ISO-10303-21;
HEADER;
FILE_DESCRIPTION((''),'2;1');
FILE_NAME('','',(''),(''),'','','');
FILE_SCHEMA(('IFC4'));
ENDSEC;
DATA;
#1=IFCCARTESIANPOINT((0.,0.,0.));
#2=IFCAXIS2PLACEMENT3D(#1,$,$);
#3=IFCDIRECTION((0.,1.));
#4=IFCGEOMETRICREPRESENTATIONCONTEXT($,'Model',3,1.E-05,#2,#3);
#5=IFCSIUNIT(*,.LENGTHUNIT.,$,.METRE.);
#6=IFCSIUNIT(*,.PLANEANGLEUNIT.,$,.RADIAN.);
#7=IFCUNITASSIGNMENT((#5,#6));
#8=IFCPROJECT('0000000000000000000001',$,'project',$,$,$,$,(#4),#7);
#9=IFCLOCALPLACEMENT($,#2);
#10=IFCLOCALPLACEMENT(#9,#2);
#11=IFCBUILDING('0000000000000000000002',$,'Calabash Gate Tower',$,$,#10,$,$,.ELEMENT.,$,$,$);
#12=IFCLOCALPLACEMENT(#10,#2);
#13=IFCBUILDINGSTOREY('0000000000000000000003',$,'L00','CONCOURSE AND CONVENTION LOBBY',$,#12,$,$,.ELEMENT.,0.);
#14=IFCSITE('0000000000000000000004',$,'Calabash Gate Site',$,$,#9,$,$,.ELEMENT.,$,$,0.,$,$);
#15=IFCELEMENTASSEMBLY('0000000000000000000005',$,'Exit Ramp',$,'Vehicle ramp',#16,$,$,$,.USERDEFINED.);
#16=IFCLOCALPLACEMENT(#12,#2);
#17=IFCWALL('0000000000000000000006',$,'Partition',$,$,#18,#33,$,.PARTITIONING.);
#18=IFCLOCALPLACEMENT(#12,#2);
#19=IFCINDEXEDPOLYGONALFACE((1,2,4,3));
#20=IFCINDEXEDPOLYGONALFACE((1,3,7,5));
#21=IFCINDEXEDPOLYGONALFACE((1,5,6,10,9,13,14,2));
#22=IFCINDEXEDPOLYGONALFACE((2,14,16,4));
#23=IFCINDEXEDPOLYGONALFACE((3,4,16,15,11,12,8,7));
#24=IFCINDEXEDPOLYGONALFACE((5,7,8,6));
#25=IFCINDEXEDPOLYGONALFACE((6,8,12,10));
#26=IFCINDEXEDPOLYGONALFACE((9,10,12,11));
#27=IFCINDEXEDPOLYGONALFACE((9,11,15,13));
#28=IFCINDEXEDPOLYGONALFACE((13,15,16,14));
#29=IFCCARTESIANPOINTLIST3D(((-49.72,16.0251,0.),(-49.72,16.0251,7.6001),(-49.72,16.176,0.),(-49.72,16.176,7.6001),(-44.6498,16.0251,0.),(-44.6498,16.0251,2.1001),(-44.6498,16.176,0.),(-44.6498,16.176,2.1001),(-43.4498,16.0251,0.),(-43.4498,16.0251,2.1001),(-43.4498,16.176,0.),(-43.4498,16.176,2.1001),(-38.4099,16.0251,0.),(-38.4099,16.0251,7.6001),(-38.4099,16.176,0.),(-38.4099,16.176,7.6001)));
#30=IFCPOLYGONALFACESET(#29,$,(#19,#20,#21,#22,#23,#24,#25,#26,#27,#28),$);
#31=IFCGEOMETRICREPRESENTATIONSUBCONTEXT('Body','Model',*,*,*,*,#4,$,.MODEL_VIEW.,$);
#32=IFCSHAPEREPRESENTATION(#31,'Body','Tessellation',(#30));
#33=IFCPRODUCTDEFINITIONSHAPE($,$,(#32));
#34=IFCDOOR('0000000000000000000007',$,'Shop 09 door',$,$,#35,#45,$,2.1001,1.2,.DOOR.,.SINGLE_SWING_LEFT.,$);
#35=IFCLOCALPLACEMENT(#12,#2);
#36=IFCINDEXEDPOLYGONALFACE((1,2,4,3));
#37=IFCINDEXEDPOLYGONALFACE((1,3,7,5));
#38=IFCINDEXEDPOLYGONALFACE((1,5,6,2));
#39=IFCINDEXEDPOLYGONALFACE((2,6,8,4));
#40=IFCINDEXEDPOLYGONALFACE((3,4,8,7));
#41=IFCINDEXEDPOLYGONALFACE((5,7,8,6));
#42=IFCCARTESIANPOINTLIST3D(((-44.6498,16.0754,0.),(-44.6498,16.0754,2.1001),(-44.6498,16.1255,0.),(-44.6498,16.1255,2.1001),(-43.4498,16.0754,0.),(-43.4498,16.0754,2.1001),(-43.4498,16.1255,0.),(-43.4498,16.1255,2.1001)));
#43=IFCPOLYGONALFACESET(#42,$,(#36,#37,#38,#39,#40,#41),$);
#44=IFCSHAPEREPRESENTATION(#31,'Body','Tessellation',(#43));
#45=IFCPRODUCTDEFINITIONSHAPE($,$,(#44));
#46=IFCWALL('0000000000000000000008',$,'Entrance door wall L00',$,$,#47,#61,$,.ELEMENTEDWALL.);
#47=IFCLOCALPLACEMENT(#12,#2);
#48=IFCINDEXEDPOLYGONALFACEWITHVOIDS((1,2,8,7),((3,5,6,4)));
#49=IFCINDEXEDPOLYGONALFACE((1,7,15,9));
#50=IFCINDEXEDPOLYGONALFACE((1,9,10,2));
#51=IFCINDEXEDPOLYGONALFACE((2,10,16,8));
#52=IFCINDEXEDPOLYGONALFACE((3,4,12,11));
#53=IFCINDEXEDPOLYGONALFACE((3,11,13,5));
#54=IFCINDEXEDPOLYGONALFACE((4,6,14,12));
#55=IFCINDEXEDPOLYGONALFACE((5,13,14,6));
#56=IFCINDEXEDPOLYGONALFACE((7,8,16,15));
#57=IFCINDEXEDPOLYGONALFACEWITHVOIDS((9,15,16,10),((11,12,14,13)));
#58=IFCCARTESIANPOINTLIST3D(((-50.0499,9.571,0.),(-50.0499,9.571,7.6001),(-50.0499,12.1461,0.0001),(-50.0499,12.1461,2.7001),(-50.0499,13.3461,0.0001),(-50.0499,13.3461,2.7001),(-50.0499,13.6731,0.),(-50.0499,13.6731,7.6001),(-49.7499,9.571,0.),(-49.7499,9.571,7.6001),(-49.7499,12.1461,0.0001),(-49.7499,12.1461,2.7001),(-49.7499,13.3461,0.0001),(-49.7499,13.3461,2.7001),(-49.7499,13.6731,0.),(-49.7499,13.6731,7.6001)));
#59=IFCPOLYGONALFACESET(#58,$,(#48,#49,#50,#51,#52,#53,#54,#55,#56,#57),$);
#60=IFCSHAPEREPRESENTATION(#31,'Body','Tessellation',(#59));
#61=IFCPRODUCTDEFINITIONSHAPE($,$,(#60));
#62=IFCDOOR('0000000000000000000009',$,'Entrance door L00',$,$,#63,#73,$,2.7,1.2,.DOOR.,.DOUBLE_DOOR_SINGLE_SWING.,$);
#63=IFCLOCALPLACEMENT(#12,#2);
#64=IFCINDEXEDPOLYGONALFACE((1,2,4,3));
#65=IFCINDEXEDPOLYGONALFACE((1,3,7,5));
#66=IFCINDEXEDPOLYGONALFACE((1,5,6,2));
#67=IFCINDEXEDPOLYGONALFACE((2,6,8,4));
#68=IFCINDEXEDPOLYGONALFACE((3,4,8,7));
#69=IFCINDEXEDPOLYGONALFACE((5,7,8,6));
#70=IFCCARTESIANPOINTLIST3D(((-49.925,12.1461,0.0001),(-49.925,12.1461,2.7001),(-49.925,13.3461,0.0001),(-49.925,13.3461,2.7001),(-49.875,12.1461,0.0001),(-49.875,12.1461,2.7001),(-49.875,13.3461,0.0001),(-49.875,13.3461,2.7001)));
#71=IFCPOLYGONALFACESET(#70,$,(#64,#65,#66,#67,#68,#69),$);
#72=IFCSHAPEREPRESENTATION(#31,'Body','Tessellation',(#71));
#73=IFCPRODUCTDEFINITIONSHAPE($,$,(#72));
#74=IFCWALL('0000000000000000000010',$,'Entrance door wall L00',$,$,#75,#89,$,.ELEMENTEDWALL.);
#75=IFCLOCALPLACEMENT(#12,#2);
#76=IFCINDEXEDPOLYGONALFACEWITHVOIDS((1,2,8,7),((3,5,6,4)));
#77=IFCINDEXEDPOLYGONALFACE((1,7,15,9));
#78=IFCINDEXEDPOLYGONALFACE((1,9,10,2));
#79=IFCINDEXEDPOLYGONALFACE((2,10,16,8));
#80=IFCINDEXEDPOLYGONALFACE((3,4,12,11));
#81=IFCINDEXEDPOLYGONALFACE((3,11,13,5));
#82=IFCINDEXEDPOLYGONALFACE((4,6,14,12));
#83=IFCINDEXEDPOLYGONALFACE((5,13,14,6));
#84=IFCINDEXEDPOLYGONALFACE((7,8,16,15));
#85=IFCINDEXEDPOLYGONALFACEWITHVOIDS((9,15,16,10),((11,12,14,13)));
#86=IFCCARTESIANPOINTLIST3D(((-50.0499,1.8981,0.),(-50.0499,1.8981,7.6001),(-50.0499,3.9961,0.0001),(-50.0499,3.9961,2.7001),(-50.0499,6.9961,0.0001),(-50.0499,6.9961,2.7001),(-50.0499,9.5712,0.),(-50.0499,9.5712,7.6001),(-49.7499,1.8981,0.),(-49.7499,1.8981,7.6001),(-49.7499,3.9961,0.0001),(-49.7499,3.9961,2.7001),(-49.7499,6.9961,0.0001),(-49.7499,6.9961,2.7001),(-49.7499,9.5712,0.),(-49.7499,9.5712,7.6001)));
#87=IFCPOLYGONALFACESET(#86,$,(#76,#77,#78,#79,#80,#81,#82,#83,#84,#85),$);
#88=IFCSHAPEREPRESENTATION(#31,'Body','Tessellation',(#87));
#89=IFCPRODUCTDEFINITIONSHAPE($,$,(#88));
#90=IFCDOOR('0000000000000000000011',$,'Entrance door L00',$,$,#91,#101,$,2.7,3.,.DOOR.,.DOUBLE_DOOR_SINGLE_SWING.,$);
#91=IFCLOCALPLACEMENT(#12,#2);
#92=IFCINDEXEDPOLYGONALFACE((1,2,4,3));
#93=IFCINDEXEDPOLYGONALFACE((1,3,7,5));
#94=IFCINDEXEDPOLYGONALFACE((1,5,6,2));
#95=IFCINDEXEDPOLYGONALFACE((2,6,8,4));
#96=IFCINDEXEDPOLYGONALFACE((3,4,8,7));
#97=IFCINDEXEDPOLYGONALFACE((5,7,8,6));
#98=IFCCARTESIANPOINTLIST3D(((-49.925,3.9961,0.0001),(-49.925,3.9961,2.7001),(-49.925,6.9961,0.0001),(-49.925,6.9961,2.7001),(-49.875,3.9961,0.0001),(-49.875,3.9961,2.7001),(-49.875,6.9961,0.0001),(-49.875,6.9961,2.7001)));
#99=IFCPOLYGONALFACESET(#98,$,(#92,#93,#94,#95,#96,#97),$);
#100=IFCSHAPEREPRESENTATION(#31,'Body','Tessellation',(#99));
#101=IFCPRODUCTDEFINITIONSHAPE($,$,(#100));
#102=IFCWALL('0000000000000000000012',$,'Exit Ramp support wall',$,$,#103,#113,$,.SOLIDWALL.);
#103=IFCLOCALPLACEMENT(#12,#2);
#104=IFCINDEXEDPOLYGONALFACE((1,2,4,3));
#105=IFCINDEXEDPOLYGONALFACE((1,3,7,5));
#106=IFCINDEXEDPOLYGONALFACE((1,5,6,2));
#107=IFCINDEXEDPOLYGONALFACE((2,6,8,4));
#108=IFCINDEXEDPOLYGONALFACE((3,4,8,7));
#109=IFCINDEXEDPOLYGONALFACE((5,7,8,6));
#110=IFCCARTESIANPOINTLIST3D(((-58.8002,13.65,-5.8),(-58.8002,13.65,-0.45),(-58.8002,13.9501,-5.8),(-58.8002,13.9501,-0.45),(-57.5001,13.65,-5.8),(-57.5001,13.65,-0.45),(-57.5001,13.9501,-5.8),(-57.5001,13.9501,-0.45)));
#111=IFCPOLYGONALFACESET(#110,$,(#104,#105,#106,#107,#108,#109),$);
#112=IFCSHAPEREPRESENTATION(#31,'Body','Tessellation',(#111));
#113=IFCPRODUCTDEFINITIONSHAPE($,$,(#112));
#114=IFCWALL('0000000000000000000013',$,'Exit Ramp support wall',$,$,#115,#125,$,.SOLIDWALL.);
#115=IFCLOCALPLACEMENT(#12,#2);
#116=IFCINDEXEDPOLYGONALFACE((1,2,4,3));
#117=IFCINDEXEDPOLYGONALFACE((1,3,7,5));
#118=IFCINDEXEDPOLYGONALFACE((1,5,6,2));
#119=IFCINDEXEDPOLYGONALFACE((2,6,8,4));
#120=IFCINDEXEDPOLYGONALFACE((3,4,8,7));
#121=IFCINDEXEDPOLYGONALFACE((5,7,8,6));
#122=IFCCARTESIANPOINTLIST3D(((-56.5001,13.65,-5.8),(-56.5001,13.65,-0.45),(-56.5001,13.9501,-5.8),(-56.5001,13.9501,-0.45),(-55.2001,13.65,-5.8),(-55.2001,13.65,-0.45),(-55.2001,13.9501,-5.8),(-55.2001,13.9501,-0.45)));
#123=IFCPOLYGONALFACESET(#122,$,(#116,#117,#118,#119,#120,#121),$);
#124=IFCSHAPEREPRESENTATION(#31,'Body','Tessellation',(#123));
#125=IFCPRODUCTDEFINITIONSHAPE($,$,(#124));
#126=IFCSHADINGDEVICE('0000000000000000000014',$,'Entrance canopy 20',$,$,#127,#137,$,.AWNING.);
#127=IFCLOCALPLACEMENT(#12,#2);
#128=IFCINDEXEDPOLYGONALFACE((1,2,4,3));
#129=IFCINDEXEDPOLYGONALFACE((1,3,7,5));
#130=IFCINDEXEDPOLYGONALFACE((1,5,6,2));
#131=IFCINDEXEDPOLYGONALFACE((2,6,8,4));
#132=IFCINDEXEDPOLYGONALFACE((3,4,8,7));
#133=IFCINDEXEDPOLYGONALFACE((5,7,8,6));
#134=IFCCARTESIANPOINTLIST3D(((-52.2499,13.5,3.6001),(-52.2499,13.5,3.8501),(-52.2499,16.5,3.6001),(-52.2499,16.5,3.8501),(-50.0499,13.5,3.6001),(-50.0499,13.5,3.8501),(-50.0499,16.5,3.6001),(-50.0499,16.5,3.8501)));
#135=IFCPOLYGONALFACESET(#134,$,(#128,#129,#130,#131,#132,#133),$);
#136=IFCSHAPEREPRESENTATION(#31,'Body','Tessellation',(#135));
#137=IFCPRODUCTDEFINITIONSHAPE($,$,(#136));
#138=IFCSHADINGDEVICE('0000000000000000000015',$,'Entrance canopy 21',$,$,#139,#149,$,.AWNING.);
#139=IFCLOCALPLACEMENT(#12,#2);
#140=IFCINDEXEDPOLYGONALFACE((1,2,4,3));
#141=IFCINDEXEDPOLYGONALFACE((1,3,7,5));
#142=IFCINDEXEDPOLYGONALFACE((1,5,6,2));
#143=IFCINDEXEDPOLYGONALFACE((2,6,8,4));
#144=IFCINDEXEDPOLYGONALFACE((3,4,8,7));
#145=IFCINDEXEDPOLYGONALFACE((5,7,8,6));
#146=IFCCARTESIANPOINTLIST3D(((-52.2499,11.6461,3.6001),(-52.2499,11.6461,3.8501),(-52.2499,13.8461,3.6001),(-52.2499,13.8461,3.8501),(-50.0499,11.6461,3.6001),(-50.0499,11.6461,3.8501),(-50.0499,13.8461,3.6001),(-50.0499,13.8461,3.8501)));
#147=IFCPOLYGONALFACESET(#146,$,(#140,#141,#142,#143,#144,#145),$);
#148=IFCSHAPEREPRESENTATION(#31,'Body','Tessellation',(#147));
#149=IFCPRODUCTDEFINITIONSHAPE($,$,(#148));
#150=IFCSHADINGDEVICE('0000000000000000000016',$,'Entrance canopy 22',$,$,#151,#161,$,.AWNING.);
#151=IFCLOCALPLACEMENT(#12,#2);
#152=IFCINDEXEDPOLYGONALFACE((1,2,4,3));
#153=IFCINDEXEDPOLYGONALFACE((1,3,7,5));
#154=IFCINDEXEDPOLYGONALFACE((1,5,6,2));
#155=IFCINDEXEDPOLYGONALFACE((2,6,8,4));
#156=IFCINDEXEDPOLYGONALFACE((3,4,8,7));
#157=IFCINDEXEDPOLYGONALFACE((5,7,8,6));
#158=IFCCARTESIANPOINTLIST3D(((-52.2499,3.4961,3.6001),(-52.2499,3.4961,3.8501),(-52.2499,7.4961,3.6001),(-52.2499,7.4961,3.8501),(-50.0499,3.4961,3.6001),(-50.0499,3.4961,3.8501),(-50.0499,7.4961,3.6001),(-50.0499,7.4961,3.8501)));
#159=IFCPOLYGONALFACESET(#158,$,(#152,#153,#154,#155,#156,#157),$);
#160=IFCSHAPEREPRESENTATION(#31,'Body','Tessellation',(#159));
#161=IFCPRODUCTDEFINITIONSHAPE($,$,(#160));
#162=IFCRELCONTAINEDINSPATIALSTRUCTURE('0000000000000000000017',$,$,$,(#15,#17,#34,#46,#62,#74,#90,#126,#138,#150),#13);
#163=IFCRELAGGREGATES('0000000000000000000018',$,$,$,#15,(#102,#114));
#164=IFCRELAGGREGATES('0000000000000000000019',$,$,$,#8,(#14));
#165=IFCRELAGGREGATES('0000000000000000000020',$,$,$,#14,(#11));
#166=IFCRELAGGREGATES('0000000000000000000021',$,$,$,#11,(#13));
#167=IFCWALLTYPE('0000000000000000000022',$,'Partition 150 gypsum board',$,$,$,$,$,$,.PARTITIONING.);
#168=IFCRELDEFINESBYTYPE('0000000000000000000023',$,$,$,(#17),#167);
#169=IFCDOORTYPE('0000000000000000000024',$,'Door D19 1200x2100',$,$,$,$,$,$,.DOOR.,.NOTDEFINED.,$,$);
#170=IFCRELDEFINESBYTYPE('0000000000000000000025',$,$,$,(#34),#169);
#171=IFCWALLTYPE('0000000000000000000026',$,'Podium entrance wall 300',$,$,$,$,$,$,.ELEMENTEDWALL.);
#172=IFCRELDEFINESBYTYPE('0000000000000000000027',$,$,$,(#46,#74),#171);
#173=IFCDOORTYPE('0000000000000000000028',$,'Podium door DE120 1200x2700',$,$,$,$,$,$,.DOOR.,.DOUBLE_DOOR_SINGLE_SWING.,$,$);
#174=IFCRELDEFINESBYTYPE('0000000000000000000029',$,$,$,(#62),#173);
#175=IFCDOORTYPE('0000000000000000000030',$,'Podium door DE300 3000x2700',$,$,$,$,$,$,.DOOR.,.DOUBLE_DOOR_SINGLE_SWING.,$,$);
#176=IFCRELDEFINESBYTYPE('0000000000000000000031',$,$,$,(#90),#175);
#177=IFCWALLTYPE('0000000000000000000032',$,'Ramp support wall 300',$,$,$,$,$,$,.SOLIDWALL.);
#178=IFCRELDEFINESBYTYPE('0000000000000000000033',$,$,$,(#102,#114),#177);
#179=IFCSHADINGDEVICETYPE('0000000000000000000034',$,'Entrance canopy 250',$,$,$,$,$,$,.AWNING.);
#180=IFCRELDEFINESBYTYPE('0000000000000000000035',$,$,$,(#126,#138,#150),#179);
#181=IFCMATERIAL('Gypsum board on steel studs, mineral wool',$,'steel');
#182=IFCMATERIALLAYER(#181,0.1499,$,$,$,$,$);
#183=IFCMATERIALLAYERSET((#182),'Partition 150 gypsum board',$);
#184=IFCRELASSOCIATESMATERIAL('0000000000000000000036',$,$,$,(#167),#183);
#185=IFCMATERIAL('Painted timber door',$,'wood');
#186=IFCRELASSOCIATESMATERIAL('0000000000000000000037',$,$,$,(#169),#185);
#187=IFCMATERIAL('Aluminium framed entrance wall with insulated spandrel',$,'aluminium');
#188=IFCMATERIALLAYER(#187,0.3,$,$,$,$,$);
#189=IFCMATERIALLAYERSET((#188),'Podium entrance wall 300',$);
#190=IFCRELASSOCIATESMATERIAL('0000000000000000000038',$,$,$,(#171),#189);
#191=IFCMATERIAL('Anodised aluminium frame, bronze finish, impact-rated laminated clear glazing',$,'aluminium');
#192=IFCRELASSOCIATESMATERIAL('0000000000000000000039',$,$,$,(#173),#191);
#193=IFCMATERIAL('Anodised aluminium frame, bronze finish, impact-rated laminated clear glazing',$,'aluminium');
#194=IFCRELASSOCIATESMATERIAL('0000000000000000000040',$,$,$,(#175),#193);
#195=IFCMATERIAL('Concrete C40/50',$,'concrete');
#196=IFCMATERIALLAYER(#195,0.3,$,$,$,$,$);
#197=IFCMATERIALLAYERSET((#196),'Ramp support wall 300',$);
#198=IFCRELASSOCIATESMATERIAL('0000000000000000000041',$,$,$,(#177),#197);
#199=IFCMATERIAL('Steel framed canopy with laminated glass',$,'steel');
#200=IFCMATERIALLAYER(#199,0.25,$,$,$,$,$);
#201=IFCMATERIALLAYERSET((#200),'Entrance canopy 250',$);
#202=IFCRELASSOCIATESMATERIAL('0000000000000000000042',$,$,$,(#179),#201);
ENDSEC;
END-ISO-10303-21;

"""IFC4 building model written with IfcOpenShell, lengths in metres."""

from ifc_helpers import new_model, si_unit, direction, frame, frame_2d, origin, origin_2d, place, context, subcontext, project, spatial, rectangle, extrude, material, layer, layer_set, type_object, element, fill, aggregate, save


model = new_model("IFC4")

# Units and contexts
model_context = context("Model", 3, precision=1e-05, world=origin(), true_north=direction((0.0, 1.0)))
body_context = subcontext(model_context, "Body", "Model", "MODEL_VIEW")
ifc_project = project(units=[si_unit("LENGTHUNIT", "METRE"), si_unit("PLANEANGLEUNIT", "RADIAN")], contexts=[model_context])

# Site, building, storey
site_placement = place(None, origin())
site = spatial("IfcSite", under=ifc_project, at=site_placement, Name="Calabash Gate Site", CompositionType="ELEMENT", RefElevation=0.0)
building_placement = place(site_placement, origin())
building = spatial("IfcBuilding", under=site, at=building_placement, Name="Calabash Gate Tower", CompositionType="ELEMENT")
storey_placement = place(building_placement, origin())
storey = spatial("IfcBuildingStorey", under=building, at=storey_placement, Name="L00", Description="CONCOURSE AND CONVENTION LOBBY", CompositionType="ELEMENT", Elevation=0.0)

# Element assembly
assembly_placement = place(storey_placement, origin())
assembly = element("IfcElementAssembly", 1, at=assembly_placement, inside=storey, Name="Exit Ramp", ObjectType="Vehicle ramp", PredefinedType="USERDEFINED")

# Shared definitions
ifc_material_1 = material(Name="Gypsum board on steel studs, mineral wool", Category="steel")
ifc_layer_1 = layer(ifc_material_1, 0.1499)
ifc_layer_set_1 = layer_set([ifc_layer_1], Name="Partition 150 gypsum board")
wall_type_1 = type_object("IfcWallType", Name="Partition 150 gypsum board", PredefinedType="PARTITIONING", material=ifc_layer_set_1)

# Walls, openings, doors
wall_1_placement = place(storey_placement, frame((-49.72, 16.1006, 0.0), z_axis=(0.0, 0.0, 1.0), x_axis=(1.0, 0.0, 0.0)))
wall_1 = element("IfcWall", 2, at=wall_1_placement, inside=storey, type_object=wall_type_1, Name="Partition", PredefinedType="PARTITIONING", context=body_context, shape_type="SweptSolid", body=[
    extrude(rectangle(XDim=11.3101, YDim=0.1509, at=frame_2d((5.655, 0.0))), origin(), (0.0, 0.0, 1.0), 7.6001),
])
opening_1_placement = place(wall_1_placement, frame((5.0701, 0.0, 0.0)))
opening_1 = element("IfcOpeningElement", 3, at=opening_1_placement, cuts=wall_1, PredefinedType="OPENING", context=body_context, shape_type="SweptSolid", body=[
    extrude(rectangle(XDim=1.2, YDim=2.1001, at=frame_2d((0.6001, 1.05))), frame((0.0, 0.0854, 0.0), z_axis=(0.0, -1.0, 0.0), x_axis=(1.0, 0.0, 0.0)), (0.0, 0.0, 1.0), 0.1709),
])
ifc_material_2 = material(Name="Painted timber door", Category="wood")
door_type_1 = type_object("IfcDoorType", Name="Door D19 1200x2100", OperationType="NOTDEFINED", PredefinedType="DOOR", material=ifc_material_2)
door_1_placement = place(opening_1_placement, origin())
door_1 = element("IfcDoor", 4, at=door_1_placement, inside=storey, type_object=door_type_1, Name="Shop 09 door", OperationType="SINGLE_SWING_LEFT", OverallHeight=2.1001, OverallWidth=1.2, PredefinedType="DOOR", context=body_context, shape_type="SweptSolid", body=[
    extrude(rectangle(XDim=1.2, YDim=2.1001, at=frame_2d((0.6001, 1.05))), frame((0.0, 0.0249, 0.0), z_axis=(0.0, -1.0, 0.0), x_axis=(1.0, 0.0, 0.0)), (0.0, 0.0, 1.0), 0.05),
])
fill(opening_1, door_1)
ifc_material_3 = material(Name="Aluminium framed entrance wall with insulated spandrel", Category="aluminium")
ifc_layer_2 = layer(ifc_material_3, 0.3)
ifc_layer_set_2 = layer_set([ifc_layer_2], Name="Podium entrance wall 300")
wall_type_2 = type_object("IfcWallType", Name="Podium entrance wall 300", PredefinedType="ELEMENTEDWALL", material=ifc_layer_set_2)
wall_2_placement = place(storey_placement, frame((-49.8999, 13.6731, 0.0), z_axis=(0.0, 0.0, 1.0), x_axis=(0.0, -1.0, 0.0)))
wall_2 = element("IfcWall", 5, at=wall_2_placement, inside=storey, type_object=wall_type_2, Name="Entrance door wall L00", PredefinedType="ELEMENTEDWALL", context=body_context, shape_type="SweptSolid", body=[
    extrude(rectangle(XDim=4.1021, YDim=0.3, at=frame_2d((2.051, 0.0))), origin(), (0.0, 0.0, 1.0), 7.6001),
])
opening_2_placement = place(wall_2_placement, frame((0.3269, 0.0, 0.0)))
opening_2 = element("IfcOpeningElement", 6, at=opening_2_placement, cuts=wall_2, PredefinedType="OPENING", context=body_context, shape_type="SweptSolid", body=[
    extrude(rectangle(XDim=1.2, YDim=2.7, at=frame_2d((0.6001, 1.3501))), frame((0.0, 0.1599, 0.0), z_axis=(0.0, -1.0, 0.0), x_axis=(1.0, 0.0, 0.0)), (0.0, 0.0, 1.0), 0.3201),
])
ifc_material_4 = material(Name="Anodised aluminium frame, bronze finish, impact-rated laminated clear glazing", Category="aluminium")
door_type_2 = type_object("IfcDoorType", Name="Podium door DE120 1200x2700", OperationType="DOUBLE_DOOR_SINGLE_SWING", PredefinedType="DOOR", material=ifc_material_4)
door_2_placement = place(opening_2_placement, origin())
door_2 = element("IfcDoor", 7, at=door_2_placement, inside=storey, type_object=door_type_2, Name="Entrance door L00", OperationType="DOUBLE_DOOR_SINGLE_SWING", OverallHeight=2.7, OverallWidth=1.2, PredefinedType="DOOR", context=body_context, shape_type="SweptSolid", body=[
    extrude(rectangle(XDim=1.2, YDim=2.7, at=frame_2d((0.6001, 1.3501))), frame((0.0, 0.0249, 0.0), z_axis=(0.0, -1.0, 0.0), x_axis=(1.0, 0.0, 0.0)), (0.0, 0.0, 1.0), 0.05),
])
fill(opening_2, door_2)
wall_3_placement = place(storey_placement, frame((-49.8999, 9.571, 0.0), z_axis=(0.0, 0.0, 1.0), x_axis=(0.0, -1.0, 0.0)))
wall_3 = element("IfcWall", 8, at=wall_3_placement, inside=storey, type_object=wall_type_2, Name="Entrance door wall L00", PredefinedType="ELEMENTEDWALL", context=body_context, shape_type="SweptSolid", body=[
    extrude(rectangle(XDim=7.6731, YDim=0.3, at=frame_2d((3.8364, 0.0))), origin(), (0.0, 0.0, 1.0), 7.6001),
])
opening_3_placement = place(wall_3_placement, frame((2.575, 0.0, 0.0)))
opening_3 = element("IfcOpeningElement", 9, at=opening_3_placement, cuts=wall_3, PredefinedType="OPENING", context=body_context, shape_type="SweptSolid", body=[
    extrude(rectangle(XDim=3.0, YDim=2.7, at=frame_2d((1.5, 1.3501))), frame((0.0, 0.1599, 0.0), z_axis=(0.0, -1.0, 0.0), x_axis=(1.0, 0.0, 0.0)), (0.0, 0.0, 1.0), 0.3201),
])
ifc_material_5 = material(Name="Anodised aluminium frame, bronze finish, impact-rated laminated clear glazing", Category="aluminium")
door_type_3 = type_object("IfcDoorType", Name="Podium door DE300 3000x2700", OperationType="DOUBLE_DOOR_SINGLE_SWING", PredefinedType="DOOR", material=ifc_material_5)
door_3_placement = place(opening_3_placement, origin())
door_3 = element("IfcDoor", 10, at=door_3_placement, inside=storey, type_object=door_type_3, Name="Entrance door L00", OperationType="DOUBLE_DOOR_SINGLE_SWING", OverallHeight=2.7, OverallWidth=3.0, PredefinedType="DOOR", context=body_context, shape_type="SweptSolid", body=[
    extrude(rectangle(XDim=3.0, YDim=2.7, at=frame_2d((1.5, 1.3501))), frame((0.0, 0.0249, 0.0), z_axis=(0.0, -1.0, 0.0), x_axis=(1.0, 0.0, 0.0)), (0.0, 0.0, 1.0), 0.05),
])
fill(opening_3, door_3)

# Walls
ifc_material_6 = material(Name="Concrete C40/50", Category="concrete")
ifc_layer_3 = layer(ifc_material_6, 0.3)
ifc_layer_set_3 = layer_set([ifc_layer_3], Name="Ramp support wall 300")
wall_type_3 = type_object("IfcWallType", Name="Ramp support wall 300", PredefinedType="SOLIDWALL", material=ifc_layer_set_3)
wall_4_placement = place(storey_placement, frame((-58.8, 13.8, -5.8), z_axis=(0.0, 0.0, 1.0), x_axis=(1.0, 0.0, 0.0)))
wall_4 = element("IfcWall", 11, at=wall_4_placement, type_object=wall_type_3, Name="Exit Ramp support wall", PredefinedType="SOLIDWALL", context=body_context, shape_type="SweptSolid", body=[
    extrude(rectangle(XDim=1.3, YDim=0.3, at=frame_2d((0.6499, 0.0))), origin(), (0.0, 0.0, 1.0), 5.3501),
])
wall_5_placement = place(storey_placement, frame((-56.5, 13.8, -5.8), z_axis=(0.0, 0.0, 1.0), x_axis=(1.0, 0.0, 0.0)))
wall_5 = element("IfcWall", 12, at=wall_5_placement, type_object=wall_type_3, Name="Exit Ramp support wall", PredefinedType="SOLIDWALL", context=body_context, shape_type="SweptSolid", body=[
    extrude(rectangle(XDim=1.3, YDim=0.3, at=frame_2d((0.6499, 0.0))), origin(), (0.0, 0.0, 1.0), 5.3501),
])
aggregate(assembly, [wall_4, wall_5])

# Shading devices
ifc_material_7 = material(Name="Steel framed canopy with laminated glass", Category="steel")
ifc_layer_4 = layer(ifc_material_7, 0.25)
ifc_layer_set_4 = layer_set([ifc_layer_4], Name="Entrance canopy 250")
shading_device_type = type_object("IfcShadingDeviceType", Name="Entrance canopy 250", PredefinedType="AWNING", material=ifc_layer_set_4)
shading_device_1_placement = place(storey_placement, frame((-51.1499, 15.0, 3.6001), z_axis=(0.0, 0.0, 1.0), x_axis=(0.0, -1.0, 0.0)))
element("IfcShadingDevice", 13, at=shading_device_1_placement, inside=storey, type_object=shading_device_type, Name="Entrance canopy 20", PredefinedType="AWNING", context=body_context, shape_type="SweptSolid", body=[
    extrude(rectangle(XDim=3.0, YDim=2.2, at=origin_2d()), origin(), (0.0, 0.0, 1.0), 0.25),
])
shading_device_2_placement = place(storey_placement, frame((-51.1499, 12.7461, 3.6001), z_axis=(0.0, 0.0, 1.0), x_axis=(0.0, -1.0, 0.0)))
element("IfcShadingDevice", 14, at=shading_device_2_placement, inside=storey, type_object=shading_device_type, Name="Entrance canopy 21", PredefinedType="AWNING", context=body_context, shape_type="SweptSolid", body=[
    extrude(rectangle(XDim=2.2, YDim=2.2, at=origin_2d()), origin(), (0.0, 0.0, 1.0), 0.25),
])
shading_device_3_placement = place(storey_placement, frame((-51.1499, 5.4961, 3.6001), z_axis=(0.0, 0.0, 1.0), x_axis=(0.0, -1.0, 0.0)))
element("IfcShadingDevice", 15, at=shading_device_3_placement, inside=storey, type_object=shading_device_type, Name="Entrance canopy 22", PredefinedType="AWNING", context=body_context, shape_type="SweptSolid", body=[
    extrude(rectangle(XDim=4.0, YDim=2.2, at=origin_2d()), origin(), (0.0, 0.0, 1.0), 0.25),
])

save(model, "model.ifc")
